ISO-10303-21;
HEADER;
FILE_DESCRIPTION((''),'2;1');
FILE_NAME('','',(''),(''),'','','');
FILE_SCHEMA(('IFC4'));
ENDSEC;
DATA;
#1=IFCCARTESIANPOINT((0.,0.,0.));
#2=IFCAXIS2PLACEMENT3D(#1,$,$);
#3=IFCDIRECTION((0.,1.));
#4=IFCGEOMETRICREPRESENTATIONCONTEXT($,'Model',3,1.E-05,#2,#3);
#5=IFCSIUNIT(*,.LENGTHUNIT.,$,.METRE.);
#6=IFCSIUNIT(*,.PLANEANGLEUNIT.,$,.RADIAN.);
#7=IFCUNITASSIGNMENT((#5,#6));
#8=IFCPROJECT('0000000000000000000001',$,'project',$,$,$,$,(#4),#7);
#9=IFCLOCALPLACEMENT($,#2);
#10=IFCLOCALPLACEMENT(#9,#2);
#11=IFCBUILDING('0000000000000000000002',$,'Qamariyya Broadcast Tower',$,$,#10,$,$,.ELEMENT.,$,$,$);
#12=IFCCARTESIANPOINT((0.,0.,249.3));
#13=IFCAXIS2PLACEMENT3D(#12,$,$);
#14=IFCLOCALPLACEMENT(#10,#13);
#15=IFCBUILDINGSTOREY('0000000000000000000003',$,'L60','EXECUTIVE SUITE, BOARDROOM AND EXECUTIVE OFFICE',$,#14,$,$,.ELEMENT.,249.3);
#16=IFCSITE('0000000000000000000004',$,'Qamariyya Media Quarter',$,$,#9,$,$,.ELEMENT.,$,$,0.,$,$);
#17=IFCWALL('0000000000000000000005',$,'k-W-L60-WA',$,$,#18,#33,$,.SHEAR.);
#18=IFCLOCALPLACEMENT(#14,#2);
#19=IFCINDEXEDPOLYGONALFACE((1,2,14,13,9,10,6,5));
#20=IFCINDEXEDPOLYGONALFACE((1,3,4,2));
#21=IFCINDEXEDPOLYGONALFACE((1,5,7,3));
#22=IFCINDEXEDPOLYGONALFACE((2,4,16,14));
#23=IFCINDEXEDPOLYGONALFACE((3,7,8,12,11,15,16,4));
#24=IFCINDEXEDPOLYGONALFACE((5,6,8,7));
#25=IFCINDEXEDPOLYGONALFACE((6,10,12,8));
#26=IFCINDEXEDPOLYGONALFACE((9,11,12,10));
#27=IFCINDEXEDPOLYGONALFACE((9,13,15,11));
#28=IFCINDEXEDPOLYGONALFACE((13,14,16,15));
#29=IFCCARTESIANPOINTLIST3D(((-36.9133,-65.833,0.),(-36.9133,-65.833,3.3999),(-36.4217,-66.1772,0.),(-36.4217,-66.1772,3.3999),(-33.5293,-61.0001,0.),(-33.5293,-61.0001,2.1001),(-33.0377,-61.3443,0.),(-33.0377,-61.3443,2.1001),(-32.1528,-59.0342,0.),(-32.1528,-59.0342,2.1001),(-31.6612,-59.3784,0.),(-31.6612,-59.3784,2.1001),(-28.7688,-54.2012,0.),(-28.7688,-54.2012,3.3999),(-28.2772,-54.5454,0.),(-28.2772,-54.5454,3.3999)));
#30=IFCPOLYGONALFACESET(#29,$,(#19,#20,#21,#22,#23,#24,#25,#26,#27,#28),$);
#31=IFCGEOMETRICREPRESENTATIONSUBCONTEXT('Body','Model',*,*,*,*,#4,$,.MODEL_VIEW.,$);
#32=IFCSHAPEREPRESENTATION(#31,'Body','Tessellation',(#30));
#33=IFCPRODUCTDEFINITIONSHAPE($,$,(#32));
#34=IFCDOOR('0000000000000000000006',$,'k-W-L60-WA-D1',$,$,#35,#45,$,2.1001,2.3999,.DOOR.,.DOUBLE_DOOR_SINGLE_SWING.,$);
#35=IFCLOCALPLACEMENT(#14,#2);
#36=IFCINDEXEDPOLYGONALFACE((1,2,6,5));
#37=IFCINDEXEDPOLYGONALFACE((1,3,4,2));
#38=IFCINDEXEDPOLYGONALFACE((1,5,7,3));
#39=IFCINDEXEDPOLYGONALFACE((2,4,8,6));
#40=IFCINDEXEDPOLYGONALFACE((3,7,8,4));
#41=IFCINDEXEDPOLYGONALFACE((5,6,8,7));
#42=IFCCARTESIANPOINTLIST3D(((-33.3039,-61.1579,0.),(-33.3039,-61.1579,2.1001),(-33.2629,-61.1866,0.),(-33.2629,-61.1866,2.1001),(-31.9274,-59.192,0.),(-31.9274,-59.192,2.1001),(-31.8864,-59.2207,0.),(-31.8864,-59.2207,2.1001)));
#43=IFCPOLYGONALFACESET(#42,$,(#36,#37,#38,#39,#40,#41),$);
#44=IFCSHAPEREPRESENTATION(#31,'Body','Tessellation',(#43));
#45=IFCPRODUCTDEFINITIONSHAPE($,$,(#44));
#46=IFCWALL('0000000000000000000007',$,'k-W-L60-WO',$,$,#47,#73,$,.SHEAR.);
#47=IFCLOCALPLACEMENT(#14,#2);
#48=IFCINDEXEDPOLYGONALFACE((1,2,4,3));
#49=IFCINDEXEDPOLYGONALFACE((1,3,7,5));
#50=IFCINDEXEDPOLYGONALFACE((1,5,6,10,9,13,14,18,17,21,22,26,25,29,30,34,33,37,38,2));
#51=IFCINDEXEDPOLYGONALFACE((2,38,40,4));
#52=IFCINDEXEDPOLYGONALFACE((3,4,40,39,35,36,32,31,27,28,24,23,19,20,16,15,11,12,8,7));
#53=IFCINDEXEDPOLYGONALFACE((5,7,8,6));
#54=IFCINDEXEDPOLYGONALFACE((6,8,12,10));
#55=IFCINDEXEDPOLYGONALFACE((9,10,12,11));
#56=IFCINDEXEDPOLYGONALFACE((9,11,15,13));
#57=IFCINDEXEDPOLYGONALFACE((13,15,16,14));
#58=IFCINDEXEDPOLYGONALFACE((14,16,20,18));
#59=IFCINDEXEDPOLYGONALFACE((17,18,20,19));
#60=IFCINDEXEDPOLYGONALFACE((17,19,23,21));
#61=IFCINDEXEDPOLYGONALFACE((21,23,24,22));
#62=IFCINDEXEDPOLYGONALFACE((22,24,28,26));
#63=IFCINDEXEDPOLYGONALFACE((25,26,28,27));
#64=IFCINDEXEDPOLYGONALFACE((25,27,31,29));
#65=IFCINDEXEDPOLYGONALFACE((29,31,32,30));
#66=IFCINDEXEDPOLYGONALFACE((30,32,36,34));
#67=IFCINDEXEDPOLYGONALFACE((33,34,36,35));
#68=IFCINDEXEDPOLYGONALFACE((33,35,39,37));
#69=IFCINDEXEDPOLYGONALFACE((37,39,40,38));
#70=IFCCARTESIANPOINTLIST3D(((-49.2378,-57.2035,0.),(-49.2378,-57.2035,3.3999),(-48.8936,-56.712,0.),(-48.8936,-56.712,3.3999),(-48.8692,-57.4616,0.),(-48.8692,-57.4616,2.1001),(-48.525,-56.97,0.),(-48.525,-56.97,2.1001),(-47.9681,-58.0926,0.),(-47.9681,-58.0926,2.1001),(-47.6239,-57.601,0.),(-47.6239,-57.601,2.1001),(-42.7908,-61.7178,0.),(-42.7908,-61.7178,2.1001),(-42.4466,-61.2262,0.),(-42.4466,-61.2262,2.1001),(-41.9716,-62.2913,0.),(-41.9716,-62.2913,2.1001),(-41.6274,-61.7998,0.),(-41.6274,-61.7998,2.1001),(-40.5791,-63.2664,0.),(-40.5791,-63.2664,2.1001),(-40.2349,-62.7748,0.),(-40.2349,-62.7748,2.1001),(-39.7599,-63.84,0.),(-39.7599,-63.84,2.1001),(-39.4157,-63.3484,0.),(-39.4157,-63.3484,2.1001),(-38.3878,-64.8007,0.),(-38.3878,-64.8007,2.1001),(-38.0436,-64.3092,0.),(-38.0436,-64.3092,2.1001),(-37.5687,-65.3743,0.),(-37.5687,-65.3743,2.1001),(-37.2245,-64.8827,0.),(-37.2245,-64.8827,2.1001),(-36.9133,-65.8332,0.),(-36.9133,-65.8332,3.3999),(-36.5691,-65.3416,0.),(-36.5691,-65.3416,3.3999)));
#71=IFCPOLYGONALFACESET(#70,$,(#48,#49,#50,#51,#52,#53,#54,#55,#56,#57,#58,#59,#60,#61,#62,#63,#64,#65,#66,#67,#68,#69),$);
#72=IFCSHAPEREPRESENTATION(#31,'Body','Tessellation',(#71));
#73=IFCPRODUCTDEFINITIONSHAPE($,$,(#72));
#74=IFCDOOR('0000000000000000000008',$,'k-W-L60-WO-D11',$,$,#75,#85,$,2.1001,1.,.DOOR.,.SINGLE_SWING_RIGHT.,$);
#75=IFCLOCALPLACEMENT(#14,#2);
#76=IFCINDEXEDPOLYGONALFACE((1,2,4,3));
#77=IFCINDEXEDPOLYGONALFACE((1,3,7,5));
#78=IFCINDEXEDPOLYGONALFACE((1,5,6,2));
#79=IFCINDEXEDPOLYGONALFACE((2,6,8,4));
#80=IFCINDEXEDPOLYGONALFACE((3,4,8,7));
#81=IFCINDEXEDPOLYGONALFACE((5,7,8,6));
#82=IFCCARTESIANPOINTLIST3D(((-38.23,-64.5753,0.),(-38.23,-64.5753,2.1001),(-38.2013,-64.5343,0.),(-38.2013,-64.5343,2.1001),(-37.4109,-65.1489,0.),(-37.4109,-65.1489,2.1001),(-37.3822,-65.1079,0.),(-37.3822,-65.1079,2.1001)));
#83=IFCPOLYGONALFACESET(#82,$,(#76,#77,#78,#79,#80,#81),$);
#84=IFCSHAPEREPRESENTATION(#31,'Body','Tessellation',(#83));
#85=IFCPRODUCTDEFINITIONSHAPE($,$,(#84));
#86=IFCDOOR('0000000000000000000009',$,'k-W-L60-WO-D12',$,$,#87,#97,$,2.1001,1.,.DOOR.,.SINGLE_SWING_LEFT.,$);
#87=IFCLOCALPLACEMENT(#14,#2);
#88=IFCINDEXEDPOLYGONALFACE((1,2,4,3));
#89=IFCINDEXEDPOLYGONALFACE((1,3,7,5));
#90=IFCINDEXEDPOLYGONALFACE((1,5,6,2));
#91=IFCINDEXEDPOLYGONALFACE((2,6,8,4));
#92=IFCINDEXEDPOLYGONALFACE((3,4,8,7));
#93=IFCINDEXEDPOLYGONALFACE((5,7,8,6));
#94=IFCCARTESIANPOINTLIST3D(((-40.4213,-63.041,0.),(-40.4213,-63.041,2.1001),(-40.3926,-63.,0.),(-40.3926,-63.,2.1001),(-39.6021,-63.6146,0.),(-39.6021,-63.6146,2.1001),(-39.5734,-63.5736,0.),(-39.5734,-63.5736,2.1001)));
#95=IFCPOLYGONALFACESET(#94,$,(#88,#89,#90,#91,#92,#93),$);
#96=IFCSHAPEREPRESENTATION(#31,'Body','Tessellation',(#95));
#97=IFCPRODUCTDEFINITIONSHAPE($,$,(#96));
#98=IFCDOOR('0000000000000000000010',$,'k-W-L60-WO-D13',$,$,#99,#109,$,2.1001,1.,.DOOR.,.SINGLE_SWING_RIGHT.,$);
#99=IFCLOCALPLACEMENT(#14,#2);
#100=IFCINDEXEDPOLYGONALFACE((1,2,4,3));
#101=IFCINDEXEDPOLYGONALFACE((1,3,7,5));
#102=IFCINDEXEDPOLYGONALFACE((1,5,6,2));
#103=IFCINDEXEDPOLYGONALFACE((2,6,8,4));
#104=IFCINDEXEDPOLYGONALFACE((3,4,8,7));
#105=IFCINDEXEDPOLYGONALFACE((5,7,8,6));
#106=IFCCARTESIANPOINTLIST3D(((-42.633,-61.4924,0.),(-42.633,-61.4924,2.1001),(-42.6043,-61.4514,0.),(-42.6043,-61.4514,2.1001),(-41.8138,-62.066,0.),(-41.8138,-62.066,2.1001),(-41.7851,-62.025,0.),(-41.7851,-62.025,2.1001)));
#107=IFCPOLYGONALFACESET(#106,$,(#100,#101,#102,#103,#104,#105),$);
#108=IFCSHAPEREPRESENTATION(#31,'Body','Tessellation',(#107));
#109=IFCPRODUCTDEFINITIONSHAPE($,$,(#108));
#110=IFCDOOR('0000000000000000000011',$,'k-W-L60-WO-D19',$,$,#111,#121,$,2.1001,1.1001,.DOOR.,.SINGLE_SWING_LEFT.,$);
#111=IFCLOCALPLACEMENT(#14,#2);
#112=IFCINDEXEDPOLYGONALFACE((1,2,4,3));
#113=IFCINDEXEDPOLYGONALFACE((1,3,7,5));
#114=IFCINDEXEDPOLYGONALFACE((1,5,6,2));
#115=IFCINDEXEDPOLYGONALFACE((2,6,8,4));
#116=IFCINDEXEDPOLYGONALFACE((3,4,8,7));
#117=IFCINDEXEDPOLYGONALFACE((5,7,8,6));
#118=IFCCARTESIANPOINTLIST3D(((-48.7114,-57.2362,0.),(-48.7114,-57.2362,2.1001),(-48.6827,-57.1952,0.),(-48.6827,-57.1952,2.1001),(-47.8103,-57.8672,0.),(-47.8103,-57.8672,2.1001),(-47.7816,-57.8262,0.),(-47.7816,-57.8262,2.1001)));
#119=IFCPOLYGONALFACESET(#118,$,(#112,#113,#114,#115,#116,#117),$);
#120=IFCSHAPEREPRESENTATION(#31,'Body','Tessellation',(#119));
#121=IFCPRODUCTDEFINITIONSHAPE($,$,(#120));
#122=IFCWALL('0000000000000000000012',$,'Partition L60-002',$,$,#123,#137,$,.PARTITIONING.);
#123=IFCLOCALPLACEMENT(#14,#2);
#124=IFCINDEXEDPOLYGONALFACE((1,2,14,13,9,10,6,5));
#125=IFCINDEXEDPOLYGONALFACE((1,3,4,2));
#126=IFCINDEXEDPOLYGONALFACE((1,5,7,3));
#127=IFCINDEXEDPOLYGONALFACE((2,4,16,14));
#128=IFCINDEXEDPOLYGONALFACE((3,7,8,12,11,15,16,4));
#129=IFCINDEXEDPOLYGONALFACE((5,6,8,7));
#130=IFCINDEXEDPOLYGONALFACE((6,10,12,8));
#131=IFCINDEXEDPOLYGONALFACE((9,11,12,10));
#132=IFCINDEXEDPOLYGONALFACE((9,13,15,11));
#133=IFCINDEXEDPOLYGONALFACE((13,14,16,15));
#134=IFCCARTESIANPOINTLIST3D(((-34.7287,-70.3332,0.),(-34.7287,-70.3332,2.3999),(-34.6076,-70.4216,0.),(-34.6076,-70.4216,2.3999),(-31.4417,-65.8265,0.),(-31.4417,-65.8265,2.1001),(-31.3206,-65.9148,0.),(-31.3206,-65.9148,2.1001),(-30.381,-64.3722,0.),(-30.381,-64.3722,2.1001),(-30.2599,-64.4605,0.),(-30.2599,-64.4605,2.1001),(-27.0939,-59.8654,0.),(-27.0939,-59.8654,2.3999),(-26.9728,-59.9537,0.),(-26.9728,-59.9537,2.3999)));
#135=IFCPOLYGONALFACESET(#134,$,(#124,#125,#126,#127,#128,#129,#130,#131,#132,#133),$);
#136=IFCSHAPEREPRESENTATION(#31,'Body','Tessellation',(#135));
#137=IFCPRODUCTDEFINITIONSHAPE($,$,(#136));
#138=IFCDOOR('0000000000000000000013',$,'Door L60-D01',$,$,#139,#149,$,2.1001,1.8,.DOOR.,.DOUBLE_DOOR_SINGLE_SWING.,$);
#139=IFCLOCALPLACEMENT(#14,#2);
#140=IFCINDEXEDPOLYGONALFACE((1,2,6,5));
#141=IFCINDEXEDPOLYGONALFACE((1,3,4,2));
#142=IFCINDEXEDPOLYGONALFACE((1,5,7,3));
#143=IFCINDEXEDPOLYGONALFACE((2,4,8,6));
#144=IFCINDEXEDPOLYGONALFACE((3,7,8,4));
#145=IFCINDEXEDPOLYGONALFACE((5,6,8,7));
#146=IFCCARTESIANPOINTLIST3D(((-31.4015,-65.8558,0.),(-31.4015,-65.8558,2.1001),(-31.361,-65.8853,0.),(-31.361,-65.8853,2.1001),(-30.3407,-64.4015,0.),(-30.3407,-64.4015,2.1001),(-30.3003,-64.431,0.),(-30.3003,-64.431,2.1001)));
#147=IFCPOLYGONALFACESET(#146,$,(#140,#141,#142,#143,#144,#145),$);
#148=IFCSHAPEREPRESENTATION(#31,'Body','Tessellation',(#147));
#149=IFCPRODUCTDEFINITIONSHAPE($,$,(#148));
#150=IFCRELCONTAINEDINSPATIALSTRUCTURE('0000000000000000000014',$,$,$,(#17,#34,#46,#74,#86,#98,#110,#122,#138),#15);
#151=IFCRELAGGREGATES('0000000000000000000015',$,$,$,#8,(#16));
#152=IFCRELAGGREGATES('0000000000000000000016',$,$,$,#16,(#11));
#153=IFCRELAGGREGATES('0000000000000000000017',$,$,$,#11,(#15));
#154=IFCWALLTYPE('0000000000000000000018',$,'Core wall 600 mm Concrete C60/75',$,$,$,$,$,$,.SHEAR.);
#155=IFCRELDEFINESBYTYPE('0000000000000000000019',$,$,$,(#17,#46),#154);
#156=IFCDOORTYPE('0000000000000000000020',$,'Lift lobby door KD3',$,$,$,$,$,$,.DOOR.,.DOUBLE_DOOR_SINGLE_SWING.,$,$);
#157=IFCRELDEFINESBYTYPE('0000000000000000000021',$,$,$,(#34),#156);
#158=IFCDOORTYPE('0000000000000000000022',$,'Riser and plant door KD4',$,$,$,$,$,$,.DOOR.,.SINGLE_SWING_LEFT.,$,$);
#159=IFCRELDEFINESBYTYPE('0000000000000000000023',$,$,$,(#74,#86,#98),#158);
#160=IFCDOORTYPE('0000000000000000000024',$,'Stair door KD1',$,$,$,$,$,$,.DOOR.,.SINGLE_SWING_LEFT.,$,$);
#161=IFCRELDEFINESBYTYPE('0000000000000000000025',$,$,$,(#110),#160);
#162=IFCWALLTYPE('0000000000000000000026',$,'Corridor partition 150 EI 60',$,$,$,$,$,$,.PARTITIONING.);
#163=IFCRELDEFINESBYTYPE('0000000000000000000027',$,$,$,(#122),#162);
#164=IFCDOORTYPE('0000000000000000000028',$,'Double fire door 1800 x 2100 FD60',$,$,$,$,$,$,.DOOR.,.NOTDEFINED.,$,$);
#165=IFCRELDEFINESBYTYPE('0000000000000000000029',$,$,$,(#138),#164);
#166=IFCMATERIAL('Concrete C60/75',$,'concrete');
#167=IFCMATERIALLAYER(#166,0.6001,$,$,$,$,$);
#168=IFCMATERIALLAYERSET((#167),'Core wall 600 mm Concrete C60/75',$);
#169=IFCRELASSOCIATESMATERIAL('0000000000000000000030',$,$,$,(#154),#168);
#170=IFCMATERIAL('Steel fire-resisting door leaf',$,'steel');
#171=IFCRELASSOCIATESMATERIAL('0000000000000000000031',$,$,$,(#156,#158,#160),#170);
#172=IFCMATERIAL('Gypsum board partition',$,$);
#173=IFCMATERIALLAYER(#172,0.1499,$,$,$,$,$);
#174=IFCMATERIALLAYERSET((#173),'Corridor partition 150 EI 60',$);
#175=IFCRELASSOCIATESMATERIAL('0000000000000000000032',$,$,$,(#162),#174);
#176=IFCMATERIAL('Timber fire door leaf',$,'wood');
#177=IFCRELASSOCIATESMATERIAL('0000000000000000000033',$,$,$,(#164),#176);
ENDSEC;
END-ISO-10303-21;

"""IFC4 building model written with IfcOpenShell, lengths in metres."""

from ifc_helpers import new_model, si_unit, direction, frame, frame_2d, origin, place, context, subcontext, project, spatial, rectangle, extrude, material, layer, layer_set, type_object, element, fill, save


model = new_model("IFC4")

# Units and contexts
model_context = context("Model", 3, precision=1e-05, world=origin(), true_north=direction((0.0, 1.0)))
body_context = subcontext(model_context, "Body", "Model", "MODEL_VIEW")
ifc_project = project(units=[si_unit("LENGTHUNIT", "METRE"), si_unit("PLANEANGLEUNIT", "RADIAN")], contexts=[model_context])

# Site, building, storey
site_placement = place(None, origin())
site = spatial("IfcSite", under=ifc_project, at=site_placement, Name="Qamariyya Media Quarter", CompositionType="ELEMENT", RefElevation=0.0)
building_placement = place(site_placement, origin())
building = spatial("IfcBuilding", under=site, at=building_placement, Name="Qamariyya Broadcast Tower", CompositionType="ELEMENT")
storey_placement = place(building_placement, frame((0.0, 0.0, 249.3)))
storey = spatial("IfcBuildingStorey", under=building, at=storey_placement, Name="L60", Description="EXECUTIVE SUITE, BOARDROOM AND EXECUTIVE OFFICE", CompositionType="ELEMENT", Elevation=249.3)

# Wall, opening, door
ifc_material_1 = material(Name="Concrete C60/75", Category="concrete")
ifc_layer_1 = layer(ifc_material_1, 0.6001)
ifc_layer_set_1 = layer_set([ifc_layer_1], Name="Core wall 600 mm Concrete C60/75")
wall_type_1 = type_object("IfcWallType", Name="Core wall 600 mm Concrete C60/75", PredefinedType="SHEAR", material=ifc_layer_set_1)
wall_1_placement = place(storey_placement, frame((-36.6675, -66.0051, 0.0), z_axis=(0.0, 0.0, 1.0), x_axis=(0.573568, 0.819158, 0.0)))
wall_1 = element("IfcWall", 1, at=wall_1_placement, inside=storey, type_object=wall_type_1, Name="k-W-L60-WA", PredefinedType="SHEAR", context=body_context, shape_type="SweptSolid", body=[
    extrude(rectangle(XDim=14.1997, YDim=0.6001, at=frame_2d((7.0999, 0.0))), origin(), (0.0, 0.0, 1.0), 3.3999),
])
opening_1_placement = place(wall_1_placement, frame((5.8999, 0.0, 0.0)))
opening_1 = element("IfcOpeningElement", 2, at=opening_1_placement, cuts=wall_1, PredefinedType="OPENING", context=body_context, shape_type="SweptSolid", body=[
    extrude(rectangle(XDim=2.3999, YDim=2.1001, at=frame_2d((1.2, 1.05))), frame((0.0, 0.3101, 0.0), z_axis=(0.0, -1.0, 0.0), x_axis=(1.0, 0.0, 0.0)), (0.0, 0.0, 1.0), 0.6201),
])
ifc_material_2 = material(Name="Steel fire-resisting door leaf", Category="steel")
door_type_1 = type_object("IfcDoorType", Name="Lift lobby door KD3", OperationType="DOUBLE_DOOR_SINGLE_SWING", PredefinedType="DOOR", material=ifc_material_2)
door_1_placement = place(opening_1_placement, origin())
door_1 = element("IfcDoor", 3, at=door_1_placement, inside=storey, type_object=door_type_1, Name="k-W-L60-WA-D1", OperationType="DOUBLE_DOOR_SINGLE_SWING", OverallHeight=2.1001, OverallWidth=2.3999, PredefinedType="DOOR", context=body_context, shape_type="SweptSolid", body=[
    extrude(rectangle(XDim=2.3999, YDim=2.1001, at=frame_2d((1.2, 1.05))), frame((0.0, 0.0249, 0.0), z_axis=(0.0, -1.0, 0.0), x_axis=(1.0, 0.0, 0.0)), (0.0, 0.0, 1.0), 0.05),
])
fill(opening_1, door_1)

# Wall, openings, doors
wall_2_placement = place(storey_placement, frame((-36.7412, -65.5874, 0.0), z_axis=(0.0, 0.0, 1.0), x_axis=(-0.819153, 0.573575, 0.0)))
wall_2 = element("IfcWall", 4, at=wall_2_placement, inside=storey, type_object=wall_type_1, Name="k-W-L60-WO", PredefinedType="SHEAR", context=body_context, shape_type="SweptSolid", body=[
    extrude(rectangle(XDim=15.0454, YDim=0.6001, at=frame_2d((7.5227, 0.0))), origin(), (0.0, 0.0, 1.0), 3.3999),
])
opening_2_placement = place(wall_2_placement, frame((0.8, 0.0, 0.0)))
opening_2 = element("IfcOpeningElement", 5, at=opening_2_placement, cuts=wall_2, PredefinedType="OPENING", context=body_context, shape_type="SweptSolid", body=[
    extrude(rectangle(XDim=1.0, YDim=2.1001, at=frame_2d((0.5, 1.05))), frame((0.0, 0.3101, 0.0), z_axis=(0.0, -1.0, 0.0), x_axis=(1.0, 0.0, 0.0)), (0.0, 0.0, 1.0), 0.6201),
])
opening_3_placement = place(wall_2_placement, frame((3.4751, 0.0, 0.0)))
opening_3 = element("IfcOpeningElement", 6, at=opening_3_placement, cuts=wall_2, PredefinedType="OPENING", context=body_context, shape_type="SweptSolid", body=[
    extrude(rectangle(XDim=1.0, YDim=2.1001, at=frame_2d((0.5, 1.05))), frame((0.0, 0.3101, 0.0), z_axis=(0.0, -1.0, 0.0), x_axis=(1.0, 0.0, 0.0)), (0.0, 0.0, 1.0), 0.6201),
])
opening_4_placement = place(wall_2_placement, frame((6.175, 0.0, 0.0)))
opening_4 = element("IfcOpeningElement", 7, at=opening_4_placement, cuts=wall_2, PredefinedType="OPENING", context=body_context, shape_type="SweptSolid", body=[
    extrude(rectangle(XDim=1.0, YDim=2.1001, at=frame_2d((0.5, 1.05))), frame((0.0, 0.3101, 0.0), z_axis=(0.0, -1.0, 0.0), x_axis=(1.0, 0.0, 0.0)), (0.0, 0.0, 1.0), 0.6201),
])
opening_5_placement = place(wall_2_placement, frame((13.4954, 0.0, 0.0)))
opening_5 = element("IfcOpeningElement", 8, at=opening_5_placement, cuts=wall_2, PredefinedType="OPENING", context=body_context, shape_type="SweptSolid", body=[
    extrude(rectangle(XDim=1.1001, YDim=2.1001, at=frame_2d((0.55, 1.05))), frame((0.0, 0.3101, 0.0), z_axis=(0.0, -1.0, 0.0), x_axis=(1.0, 0.0, 0.0)), (0.0, 0.0, 1.0), 0.6201),
])
door_type_2 = type_object("IfcDoorType", Name="Riser and plant door KD4", OperationType="SINGLE_SWING_LEFT", PredefinedType="DOOR", material=ifc_material_2)
door_2_placement = place(opening_2_placement, origin())
door_2 = element("IfcDoor", 9, at=door_2_placement, inside=storey, type_object=door_type_2, Name="k-W-L60-WO-D11", OperationType="SINGLE_SWING_RIGHT", OverallHeight=2.1001, OverallWidth=1.0, PredefinedType="DOOR", context=body_context, shape_type="SweptSolid", body=[
    extrude(rectangle(XDim=1.0, YDim=2.1001, at=frame_2d((0.5, 1.05))), frame((0.0, 0.0249, 0.0), z_axis=(0.0, -1.0, 0.0), x_axis=(1.0, 0.0, 0.0)), (0.0, 0.0, 1.0), 0.05),
])
fill(opening_2, door_2)
door_3_placement = place(opening_3_placement, origin())
door_3 = element("IfcDoor", 10, at=door_3_placement, inside=storey, type_object=door_type_2, Name="k-W-L60-WO-D12", OperationType="SINGLE_SWING_LEFT", OverallHeight=2.1001, OverallWidth=1.0, PredefinedType="DOOR", context=body_context, shape_type="SweptSolid", body=[
    extrude(rectangle(XDim=1.0, YDim=2.1001, at=frame_2d((0.5, 1.05))), frame((0.0, 0.0249, 0.0), z_axis=(0.0, -1.0, 0.0), x_axis=(1.0, 0.0, 0.0)), (0.0, 0.0, 1.0), 0.05),
])
fill(opening_3, door_3)
door_4_placement = place(opening_4_placement, origin())
door_4 = element("IfcDoor", 11, at=door_4_placement, inside=storey, type_object=door_type_2, Name="k-W-L60-WO-D13", OperationType="SINGLE_SWING_RIGHT", OverallHeight=2.1001, OverallWidth=1.0, PredefinedType="DOOR", context=body_context, shape_type="SweptSolid", body=[
    extrude(rectangle(XDim=1.0, YDim=2.1001, at=frame_2d((0.5, 1.05))), frame((0.0, 0.0249, 0.0), z_axis=(0.0, -1.0, 0.0), x_axis=(1.0, 0.0, 0.0)), (0.0, 0.0, 1.0), 0.05),
])
fill(opening_4, door_4)
door_type_3 = type_object("IfcDoorType", Name="Stair door KD1", OperationType="SINGLE_SWING_LEFT", PredefinedType="DOOR", material=ifc_material_2)
door_5_placement = place(opening_5_placement, origin())
door_5 = element("IfcDoor", 12, at=door_5_placement, inside=storey, type_object=door_type_3, Name="k-W-L60-WO-D19", OperationType="SINGLE_SWING_LEFT", OverallHeight=2.1001, OverallWidth=1.1001, PredefinedType="DOOR", context=body_context, shape_type="SweptSolid", body=[
    extrude(rectangle(XDim=1.1001, YDim=2.1001, at=frame_2d((0.55, 1.05))), frame((0.0, 0.0249, 0.0), z_axis=(0.0, -1.0, 0.0), x_axis=(1.0, 0.0, 0.0)), (0.0, 0.0, 1.0), 0.05),
])
fill(opening_5, door_5)

# Wall, opening, door
ifc_material_3 = material(Name="Gypsum board partition")
ifc_layer_2 = layer(ifc_material_3, 0.1499)
ifc_layer_set_2 = layer_set([ifc_layer_2], Name="Corridor partition 150 EI 60")
wall_type_2 = type_object("IfcWallType", Name="Corridor partition 150 EI 60", PredefinedType="PARTITIONING", material=ifc_layer_set_2)
wall_3_placement = place(storey_placement, frame((-27.0334, -59.9097, 0.0), z_axis=(0.0, 0.0, 1.0), x_axis=(-0.589274, -0.807934, 0.0)))
wall_3 = element("IfcWall", 13, at=wall_3_placement, inside=storey, type_object=wall_type_2, Name="Partition L60-002", PredefinedType="PARTITIONING", context=body_context, shape_type="SweptSolid", body=[
    extrude(rectangle(XDim=12.9563, YDim=0.1499, at=frame_2d((6.478, 0.0))), origin(), (0.0, 0.0, 1.0), 2.3999),
])
opening_6_placement = place(wall_3_placement, frame((5.5781, 0.0, 0.0)))
opening_6 = element("IfcOpeningElement", 14, at=opening_6_placement, cuts=wall_3, PredefinedType="OPENING", context=body_context, shape_type="SweptSolid", body=[
    extrude(rectangle(XDim=1.8, YDim=2.1001, at=frame_2d((0.8999, 1.05))), frame((0.0, 0.085, 0.0), z_axis=(0.0, -1.0, 0.0), x_axis=(1.0, 0.0, 0.0)), (0.0, 0.0, 1.0), 0.1699),
])
ifc_material_4 = material(Name="Timber fire door leaf", Category="wood")
door_type_4 = type_object("IfcDoorType", Name="Double fire door 1800 x 2100 FD60", OperationType="NOTDEFINED", PredefinedType="DOOR", material=ifc_material_4)
door_6_placement = place(opening_6_placement, origin())
door_6 = element("IfcDoor", 15, at=door_6_placement, inside=storey, type_object=door_type_4, Name="Door L60-D01", OperationType="DOUBLE_DOOR_SINGLE_SWING", OverallHeight=2.1001, OverallWidth=1.8, PredefinedType="DOOR", context=body_context, shape_type="SweptSolid", body=[
    extrude(rectangle(XDim=1.8, YDim=2.1001, at=frame_2d((0.8999, 1.05))), frame((0.0, 0.0249, 0.0), z_axis=(0.0, -1.0, 0.0), x_axis=(1.0, 0.0, 0.0)), (0.0, 0.0, 1.0), 0.05),
])
fill(opening_6, door_6)

save(model, "model.ifc")
